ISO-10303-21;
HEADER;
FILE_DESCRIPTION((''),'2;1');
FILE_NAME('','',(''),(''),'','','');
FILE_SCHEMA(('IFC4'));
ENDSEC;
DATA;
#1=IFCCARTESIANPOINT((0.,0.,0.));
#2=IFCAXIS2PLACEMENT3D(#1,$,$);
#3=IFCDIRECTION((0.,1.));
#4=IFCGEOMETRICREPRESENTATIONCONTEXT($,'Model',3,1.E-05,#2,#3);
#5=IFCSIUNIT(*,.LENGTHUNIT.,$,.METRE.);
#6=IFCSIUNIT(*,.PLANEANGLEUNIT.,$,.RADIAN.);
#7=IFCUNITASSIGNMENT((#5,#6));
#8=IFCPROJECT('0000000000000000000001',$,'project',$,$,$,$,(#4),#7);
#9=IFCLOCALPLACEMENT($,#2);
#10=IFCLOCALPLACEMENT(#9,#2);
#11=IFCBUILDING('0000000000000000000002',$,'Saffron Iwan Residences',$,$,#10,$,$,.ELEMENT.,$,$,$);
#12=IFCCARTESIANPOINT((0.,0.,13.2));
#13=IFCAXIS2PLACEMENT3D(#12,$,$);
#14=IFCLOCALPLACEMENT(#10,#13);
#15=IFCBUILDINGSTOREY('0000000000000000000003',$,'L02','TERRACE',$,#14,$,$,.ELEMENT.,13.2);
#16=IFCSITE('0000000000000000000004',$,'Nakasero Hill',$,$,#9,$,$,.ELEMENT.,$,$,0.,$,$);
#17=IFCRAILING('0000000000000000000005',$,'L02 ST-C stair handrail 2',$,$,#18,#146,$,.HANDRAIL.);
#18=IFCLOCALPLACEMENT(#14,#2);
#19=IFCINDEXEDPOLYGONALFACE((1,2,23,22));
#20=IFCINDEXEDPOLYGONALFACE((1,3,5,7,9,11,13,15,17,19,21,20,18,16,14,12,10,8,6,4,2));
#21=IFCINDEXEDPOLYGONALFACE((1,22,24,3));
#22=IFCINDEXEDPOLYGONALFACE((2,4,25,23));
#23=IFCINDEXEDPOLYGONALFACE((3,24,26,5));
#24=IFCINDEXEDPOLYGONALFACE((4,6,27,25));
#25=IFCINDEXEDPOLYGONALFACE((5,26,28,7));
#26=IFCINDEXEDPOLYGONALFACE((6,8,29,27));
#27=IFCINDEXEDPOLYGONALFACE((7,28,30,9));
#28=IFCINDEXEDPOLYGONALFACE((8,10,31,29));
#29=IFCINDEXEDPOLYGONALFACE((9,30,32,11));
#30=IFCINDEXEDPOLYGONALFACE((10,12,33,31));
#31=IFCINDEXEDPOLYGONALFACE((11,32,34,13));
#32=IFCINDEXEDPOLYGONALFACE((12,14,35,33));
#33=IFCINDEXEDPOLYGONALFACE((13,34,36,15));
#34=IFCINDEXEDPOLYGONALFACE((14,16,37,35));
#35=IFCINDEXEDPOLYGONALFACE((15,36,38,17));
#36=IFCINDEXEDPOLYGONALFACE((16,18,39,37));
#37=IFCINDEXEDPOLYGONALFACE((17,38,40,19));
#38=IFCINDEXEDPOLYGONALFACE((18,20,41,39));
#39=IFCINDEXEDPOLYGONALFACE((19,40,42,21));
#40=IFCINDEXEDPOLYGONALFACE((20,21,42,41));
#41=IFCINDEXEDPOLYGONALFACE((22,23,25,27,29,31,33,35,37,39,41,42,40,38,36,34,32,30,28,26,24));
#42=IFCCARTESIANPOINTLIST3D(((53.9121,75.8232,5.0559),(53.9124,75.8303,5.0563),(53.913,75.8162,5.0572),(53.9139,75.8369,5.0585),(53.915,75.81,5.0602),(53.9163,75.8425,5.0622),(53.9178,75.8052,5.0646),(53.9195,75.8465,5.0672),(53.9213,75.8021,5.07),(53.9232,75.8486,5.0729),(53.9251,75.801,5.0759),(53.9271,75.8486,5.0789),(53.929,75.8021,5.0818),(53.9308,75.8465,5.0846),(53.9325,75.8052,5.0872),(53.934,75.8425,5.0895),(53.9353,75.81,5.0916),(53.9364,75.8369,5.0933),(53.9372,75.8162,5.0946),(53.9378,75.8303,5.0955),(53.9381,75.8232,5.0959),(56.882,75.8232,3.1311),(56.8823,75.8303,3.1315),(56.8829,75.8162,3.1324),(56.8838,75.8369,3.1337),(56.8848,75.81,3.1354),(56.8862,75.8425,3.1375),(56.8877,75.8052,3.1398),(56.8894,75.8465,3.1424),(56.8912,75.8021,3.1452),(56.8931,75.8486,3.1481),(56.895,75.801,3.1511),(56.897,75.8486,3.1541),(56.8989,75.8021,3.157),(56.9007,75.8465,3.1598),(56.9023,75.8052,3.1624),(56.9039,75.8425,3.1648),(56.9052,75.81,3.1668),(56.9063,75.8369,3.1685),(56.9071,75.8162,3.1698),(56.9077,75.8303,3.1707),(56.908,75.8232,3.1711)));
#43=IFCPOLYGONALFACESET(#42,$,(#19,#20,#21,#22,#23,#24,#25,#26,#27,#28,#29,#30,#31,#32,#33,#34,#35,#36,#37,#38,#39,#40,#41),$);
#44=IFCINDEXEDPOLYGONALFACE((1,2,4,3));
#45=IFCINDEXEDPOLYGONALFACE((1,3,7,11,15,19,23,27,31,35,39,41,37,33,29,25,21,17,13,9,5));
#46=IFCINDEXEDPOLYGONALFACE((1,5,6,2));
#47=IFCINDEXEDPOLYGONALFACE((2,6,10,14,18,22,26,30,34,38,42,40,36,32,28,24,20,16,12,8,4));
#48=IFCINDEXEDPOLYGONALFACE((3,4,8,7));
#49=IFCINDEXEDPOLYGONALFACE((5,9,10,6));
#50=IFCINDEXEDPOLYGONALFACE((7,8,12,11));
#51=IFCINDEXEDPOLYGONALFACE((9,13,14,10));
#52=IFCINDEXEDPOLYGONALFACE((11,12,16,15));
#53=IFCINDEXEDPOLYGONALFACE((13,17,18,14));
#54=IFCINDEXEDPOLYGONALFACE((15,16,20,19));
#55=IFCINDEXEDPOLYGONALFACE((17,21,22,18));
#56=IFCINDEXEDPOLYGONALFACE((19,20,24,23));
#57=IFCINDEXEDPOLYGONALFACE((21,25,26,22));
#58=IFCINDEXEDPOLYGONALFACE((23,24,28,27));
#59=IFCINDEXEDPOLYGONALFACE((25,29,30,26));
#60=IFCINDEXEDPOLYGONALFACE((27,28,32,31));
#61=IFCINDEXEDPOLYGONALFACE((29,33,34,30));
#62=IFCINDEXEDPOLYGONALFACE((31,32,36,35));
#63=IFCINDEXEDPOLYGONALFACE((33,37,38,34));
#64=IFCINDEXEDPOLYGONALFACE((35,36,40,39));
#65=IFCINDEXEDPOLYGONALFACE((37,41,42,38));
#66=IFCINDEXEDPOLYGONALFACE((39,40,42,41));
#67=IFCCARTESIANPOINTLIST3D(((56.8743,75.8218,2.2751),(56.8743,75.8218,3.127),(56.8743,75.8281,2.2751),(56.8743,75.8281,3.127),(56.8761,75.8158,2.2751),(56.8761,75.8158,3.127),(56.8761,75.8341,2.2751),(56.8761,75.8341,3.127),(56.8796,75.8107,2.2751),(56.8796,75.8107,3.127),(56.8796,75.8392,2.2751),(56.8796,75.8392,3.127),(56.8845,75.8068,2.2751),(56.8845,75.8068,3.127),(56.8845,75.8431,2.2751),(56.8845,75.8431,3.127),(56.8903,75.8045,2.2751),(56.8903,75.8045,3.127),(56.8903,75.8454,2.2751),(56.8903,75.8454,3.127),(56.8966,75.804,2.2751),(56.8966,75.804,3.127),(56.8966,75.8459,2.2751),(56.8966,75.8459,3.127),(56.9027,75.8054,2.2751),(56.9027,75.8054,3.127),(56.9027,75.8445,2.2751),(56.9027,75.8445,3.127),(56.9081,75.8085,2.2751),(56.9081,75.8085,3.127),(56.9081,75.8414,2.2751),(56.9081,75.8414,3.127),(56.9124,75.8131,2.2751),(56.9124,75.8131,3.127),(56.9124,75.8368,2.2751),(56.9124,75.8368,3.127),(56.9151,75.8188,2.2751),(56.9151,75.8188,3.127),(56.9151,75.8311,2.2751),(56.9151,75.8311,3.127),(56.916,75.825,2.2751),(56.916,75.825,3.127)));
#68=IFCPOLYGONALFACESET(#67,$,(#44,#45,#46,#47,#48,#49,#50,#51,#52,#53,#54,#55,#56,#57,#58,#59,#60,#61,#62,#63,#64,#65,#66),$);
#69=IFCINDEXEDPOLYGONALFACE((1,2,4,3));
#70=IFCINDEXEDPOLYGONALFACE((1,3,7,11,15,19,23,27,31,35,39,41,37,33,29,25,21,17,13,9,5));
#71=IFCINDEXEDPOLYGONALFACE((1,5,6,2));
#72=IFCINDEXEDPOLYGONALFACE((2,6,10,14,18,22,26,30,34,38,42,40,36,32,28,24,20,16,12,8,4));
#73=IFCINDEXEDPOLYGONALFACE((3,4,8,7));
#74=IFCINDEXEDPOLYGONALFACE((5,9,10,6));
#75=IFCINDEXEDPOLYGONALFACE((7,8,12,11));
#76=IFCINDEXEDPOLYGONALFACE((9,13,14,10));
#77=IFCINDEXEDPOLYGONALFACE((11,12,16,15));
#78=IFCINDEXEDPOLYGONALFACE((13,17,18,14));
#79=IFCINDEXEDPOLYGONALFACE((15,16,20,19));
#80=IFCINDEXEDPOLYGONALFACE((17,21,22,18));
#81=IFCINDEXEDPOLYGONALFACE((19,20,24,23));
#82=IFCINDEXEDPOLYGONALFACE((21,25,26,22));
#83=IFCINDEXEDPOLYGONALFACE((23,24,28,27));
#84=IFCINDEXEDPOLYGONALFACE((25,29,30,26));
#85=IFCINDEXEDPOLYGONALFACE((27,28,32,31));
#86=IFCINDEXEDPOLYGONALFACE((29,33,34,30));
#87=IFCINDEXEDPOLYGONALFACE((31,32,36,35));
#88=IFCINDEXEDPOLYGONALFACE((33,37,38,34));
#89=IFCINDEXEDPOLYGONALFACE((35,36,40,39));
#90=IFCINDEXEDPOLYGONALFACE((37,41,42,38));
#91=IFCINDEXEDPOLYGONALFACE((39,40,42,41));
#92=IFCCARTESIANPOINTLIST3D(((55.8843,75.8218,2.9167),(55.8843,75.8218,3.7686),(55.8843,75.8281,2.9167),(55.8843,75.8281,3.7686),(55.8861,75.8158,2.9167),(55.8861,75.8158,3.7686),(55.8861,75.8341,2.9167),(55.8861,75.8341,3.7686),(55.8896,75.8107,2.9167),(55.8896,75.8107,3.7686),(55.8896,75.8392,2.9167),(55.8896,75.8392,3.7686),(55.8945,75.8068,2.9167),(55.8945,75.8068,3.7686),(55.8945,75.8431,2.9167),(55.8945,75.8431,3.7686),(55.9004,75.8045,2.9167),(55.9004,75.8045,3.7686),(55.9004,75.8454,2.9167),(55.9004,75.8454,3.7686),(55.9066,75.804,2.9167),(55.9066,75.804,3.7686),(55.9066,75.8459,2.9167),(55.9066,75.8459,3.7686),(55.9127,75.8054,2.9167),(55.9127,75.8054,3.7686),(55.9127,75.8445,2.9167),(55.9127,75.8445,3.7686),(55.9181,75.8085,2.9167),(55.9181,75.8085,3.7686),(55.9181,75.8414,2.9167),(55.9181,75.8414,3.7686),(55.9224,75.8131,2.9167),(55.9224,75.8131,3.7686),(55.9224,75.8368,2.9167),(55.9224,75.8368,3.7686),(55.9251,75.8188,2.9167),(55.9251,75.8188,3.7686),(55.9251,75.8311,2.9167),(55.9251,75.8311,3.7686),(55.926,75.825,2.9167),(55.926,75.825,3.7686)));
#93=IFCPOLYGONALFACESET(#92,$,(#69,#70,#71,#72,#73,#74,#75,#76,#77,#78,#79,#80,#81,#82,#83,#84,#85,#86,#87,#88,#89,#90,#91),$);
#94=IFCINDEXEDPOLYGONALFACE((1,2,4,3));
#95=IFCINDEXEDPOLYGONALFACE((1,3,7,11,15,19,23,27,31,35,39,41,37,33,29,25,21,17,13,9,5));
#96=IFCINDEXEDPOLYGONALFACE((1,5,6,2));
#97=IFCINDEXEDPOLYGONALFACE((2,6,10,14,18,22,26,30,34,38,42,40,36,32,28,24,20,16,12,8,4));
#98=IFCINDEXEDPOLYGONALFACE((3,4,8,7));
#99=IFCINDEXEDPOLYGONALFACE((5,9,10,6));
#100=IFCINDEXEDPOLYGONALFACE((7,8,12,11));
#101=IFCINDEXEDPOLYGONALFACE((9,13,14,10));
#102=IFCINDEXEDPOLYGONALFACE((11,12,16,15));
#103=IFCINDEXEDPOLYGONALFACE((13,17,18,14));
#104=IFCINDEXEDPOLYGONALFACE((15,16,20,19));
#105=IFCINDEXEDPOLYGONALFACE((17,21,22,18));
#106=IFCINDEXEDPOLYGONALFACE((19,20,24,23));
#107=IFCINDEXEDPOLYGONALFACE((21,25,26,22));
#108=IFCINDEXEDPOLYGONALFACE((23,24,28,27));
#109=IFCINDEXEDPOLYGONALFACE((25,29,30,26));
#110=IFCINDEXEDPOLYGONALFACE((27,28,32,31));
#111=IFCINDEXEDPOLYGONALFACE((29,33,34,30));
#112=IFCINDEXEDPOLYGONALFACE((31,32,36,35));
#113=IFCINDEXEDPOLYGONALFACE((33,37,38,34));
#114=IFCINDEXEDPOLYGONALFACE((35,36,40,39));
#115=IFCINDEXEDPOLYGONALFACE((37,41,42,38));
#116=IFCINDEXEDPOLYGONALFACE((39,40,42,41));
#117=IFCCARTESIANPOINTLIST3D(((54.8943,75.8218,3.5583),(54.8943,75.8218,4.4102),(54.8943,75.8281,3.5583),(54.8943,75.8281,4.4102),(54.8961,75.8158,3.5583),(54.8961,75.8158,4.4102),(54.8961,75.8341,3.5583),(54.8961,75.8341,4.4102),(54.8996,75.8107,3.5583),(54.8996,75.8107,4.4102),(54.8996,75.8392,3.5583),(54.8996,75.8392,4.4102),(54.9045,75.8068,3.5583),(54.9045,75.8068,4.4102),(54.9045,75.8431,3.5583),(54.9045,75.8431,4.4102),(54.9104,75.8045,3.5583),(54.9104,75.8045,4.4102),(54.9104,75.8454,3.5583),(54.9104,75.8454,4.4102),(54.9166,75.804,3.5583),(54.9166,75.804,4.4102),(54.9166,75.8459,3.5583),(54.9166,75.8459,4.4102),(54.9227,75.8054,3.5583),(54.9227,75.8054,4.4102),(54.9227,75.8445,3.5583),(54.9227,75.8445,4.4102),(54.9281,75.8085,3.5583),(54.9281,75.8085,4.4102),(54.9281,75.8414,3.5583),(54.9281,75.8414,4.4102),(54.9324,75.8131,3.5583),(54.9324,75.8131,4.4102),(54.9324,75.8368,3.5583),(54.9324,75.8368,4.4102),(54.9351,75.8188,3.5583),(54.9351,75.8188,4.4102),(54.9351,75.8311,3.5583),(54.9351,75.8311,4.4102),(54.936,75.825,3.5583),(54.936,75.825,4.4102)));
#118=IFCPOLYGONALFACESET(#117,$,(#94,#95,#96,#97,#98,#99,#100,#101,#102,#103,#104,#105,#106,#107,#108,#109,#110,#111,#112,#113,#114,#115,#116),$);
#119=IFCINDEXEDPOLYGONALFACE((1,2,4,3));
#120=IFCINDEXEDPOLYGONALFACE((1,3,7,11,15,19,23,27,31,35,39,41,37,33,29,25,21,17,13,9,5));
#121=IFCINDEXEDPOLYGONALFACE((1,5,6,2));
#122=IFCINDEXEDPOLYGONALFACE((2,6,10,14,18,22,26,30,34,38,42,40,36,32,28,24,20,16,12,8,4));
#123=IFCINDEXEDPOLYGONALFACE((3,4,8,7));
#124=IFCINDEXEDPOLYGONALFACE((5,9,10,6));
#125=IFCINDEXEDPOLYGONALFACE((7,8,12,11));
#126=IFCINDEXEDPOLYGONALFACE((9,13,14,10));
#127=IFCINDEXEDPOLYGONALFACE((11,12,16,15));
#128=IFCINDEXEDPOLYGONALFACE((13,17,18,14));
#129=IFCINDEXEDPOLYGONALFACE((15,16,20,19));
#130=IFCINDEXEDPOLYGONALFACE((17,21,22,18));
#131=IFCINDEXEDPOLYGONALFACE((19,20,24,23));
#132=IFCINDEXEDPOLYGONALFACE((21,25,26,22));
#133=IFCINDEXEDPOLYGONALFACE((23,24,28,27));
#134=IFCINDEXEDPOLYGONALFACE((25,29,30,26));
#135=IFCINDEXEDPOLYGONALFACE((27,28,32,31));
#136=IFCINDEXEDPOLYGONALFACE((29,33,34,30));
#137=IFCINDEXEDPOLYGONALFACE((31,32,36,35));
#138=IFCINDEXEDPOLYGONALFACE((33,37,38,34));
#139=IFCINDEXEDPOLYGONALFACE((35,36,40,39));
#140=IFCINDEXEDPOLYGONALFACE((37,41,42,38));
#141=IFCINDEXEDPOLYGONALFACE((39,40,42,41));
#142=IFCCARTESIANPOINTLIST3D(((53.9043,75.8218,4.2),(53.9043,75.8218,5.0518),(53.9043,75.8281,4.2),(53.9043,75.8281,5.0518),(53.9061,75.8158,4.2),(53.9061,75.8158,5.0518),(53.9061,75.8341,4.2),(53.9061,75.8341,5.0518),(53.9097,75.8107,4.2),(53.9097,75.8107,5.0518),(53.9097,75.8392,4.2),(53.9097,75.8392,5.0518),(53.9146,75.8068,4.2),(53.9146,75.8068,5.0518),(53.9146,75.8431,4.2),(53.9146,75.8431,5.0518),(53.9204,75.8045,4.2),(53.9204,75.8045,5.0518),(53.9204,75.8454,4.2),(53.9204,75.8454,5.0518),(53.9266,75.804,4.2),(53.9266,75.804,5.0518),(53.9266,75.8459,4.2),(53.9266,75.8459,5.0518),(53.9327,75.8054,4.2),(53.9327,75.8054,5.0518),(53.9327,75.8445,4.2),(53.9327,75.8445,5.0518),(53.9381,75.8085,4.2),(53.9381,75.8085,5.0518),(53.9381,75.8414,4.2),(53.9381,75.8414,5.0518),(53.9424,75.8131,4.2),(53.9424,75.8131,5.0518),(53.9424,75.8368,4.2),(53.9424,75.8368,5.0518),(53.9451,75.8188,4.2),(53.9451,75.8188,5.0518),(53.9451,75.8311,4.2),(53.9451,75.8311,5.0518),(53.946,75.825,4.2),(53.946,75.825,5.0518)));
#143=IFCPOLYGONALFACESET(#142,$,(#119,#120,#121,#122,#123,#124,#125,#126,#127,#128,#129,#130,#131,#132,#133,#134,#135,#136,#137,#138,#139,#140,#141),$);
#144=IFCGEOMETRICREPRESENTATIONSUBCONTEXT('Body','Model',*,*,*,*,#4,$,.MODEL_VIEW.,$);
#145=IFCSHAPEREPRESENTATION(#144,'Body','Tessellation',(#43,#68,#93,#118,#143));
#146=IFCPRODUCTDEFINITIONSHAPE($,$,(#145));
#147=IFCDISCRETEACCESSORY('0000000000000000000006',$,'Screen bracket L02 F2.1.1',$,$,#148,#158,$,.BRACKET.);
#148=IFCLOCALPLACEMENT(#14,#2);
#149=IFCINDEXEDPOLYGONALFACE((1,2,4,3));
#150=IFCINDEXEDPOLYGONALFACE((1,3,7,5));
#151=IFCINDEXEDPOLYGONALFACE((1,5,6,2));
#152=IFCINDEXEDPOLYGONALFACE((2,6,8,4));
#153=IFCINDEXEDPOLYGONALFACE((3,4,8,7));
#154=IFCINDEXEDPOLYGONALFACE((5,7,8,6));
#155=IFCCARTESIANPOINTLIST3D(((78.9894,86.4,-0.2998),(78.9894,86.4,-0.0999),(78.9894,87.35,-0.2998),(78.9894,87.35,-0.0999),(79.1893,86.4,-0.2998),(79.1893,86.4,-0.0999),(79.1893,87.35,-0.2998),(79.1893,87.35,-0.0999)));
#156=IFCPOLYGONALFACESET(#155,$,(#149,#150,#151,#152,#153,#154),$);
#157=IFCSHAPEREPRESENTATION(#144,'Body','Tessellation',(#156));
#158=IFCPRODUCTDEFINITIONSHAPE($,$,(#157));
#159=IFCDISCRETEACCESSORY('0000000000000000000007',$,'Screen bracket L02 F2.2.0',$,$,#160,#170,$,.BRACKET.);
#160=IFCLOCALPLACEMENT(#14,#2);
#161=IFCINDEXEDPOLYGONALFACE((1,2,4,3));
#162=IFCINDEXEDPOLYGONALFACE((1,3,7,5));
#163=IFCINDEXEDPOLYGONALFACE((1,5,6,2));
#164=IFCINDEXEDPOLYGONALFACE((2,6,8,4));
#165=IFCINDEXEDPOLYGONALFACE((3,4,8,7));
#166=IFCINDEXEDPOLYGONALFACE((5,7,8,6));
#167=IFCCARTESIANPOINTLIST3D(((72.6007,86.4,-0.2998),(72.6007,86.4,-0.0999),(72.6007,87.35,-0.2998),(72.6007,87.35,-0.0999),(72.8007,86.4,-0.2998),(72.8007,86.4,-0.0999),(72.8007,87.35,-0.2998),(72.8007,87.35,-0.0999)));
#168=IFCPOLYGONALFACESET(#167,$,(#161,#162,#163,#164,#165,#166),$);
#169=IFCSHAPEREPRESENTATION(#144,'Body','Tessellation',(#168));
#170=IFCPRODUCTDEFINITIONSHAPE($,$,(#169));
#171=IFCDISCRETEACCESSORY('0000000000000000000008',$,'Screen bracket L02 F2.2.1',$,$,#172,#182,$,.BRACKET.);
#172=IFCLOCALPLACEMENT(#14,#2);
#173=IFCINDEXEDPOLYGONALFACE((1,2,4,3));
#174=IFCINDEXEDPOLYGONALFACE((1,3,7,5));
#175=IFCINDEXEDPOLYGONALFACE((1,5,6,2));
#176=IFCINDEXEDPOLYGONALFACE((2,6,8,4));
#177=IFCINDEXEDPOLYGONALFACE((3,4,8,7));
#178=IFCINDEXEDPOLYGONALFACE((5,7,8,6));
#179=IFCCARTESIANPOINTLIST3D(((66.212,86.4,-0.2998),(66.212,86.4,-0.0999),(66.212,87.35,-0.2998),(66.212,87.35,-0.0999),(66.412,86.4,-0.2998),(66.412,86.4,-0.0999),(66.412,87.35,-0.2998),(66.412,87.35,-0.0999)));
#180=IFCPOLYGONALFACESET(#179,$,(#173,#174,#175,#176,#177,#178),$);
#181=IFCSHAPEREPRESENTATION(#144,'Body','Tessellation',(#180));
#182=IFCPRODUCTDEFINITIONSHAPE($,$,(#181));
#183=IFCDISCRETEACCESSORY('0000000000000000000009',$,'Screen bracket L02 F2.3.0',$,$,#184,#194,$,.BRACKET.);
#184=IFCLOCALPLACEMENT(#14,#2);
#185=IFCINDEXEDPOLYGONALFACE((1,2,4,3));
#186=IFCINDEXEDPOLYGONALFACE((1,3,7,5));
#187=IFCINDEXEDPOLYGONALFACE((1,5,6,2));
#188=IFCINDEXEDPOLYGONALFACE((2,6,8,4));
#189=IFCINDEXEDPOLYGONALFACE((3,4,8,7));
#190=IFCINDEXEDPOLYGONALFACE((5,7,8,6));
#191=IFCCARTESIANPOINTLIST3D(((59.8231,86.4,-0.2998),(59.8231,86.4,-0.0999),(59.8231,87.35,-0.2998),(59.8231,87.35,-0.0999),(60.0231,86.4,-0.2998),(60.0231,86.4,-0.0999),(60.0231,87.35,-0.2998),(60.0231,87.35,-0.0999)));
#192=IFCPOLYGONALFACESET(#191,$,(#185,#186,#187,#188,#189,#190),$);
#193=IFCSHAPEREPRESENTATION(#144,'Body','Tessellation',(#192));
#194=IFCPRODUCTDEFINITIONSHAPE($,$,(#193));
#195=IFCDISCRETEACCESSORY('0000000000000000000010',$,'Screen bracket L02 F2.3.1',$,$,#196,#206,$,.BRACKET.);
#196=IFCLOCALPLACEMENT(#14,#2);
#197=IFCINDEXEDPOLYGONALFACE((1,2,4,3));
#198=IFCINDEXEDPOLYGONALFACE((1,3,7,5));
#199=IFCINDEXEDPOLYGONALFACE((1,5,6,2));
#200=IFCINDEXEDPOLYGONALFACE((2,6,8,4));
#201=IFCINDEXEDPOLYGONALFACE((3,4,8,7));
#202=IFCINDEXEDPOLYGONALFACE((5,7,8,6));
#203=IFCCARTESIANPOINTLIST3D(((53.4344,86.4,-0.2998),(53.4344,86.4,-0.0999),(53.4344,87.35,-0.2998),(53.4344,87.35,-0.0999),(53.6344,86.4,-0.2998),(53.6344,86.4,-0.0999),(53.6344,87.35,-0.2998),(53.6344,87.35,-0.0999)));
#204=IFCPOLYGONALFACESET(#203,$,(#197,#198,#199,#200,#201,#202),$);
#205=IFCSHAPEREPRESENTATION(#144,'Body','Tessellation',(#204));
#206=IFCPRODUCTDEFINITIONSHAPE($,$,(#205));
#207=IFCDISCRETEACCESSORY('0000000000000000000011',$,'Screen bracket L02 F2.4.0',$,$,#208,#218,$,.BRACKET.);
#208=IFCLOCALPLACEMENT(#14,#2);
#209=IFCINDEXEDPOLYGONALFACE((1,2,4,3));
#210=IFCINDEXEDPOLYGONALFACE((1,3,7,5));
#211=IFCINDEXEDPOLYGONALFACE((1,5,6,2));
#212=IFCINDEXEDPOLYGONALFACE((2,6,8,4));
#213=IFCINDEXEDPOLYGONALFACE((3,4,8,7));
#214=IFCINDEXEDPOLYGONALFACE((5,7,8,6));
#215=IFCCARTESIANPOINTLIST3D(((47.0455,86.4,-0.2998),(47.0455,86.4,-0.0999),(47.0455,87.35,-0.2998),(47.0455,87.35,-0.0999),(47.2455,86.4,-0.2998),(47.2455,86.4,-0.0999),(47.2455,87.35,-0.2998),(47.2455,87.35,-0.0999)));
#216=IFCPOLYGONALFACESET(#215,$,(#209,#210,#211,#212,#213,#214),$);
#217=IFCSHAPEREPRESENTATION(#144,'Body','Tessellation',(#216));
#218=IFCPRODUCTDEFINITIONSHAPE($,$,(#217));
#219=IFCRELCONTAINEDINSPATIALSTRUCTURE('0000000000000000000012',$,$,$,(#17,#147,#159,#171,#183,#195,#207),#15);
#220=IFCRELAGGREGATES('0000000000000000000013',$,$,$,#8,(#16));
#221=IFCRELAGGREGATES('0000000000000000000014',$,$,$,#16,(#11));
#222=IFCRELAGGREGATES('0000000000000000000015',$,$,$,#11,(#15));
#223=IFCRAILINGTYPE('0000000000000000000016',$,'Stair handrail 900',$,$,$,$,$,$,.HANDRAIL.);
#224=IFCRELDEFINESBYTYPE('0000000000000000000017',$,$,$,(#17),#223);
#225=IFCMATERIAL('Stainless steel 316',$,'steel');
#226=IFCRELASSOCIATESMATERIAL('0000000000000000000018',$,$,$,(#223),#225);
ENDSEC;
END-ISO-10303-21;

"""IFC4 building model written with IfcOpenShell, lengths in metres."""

from ifc_helpers import new_model, si_unit, direction, frame, origin, origin_2d, place, context, subcontext, project, spatial, rectangle, circle, extrude, source, transform, mapped, material, type_object, element, save


model = new_model("IFC4")

# Units and contexts
model_context = context("Model", 3, precision=1e-05, world=origin(), true_north=direction((0.0, 1.0)))
body_context = subcontext(model_context, "Body", "Model", "MODEL_VIEW")
ifc_project = project(units=[si_unit("LENGTHUNIT", "METRE"), si_unit("PLANEANGLEUNIT", "RADIAN")], contexts=[model_context])

# Site, building, storey
site_placement = place(None, origin())
site = spatial("IfcSite", under=ifc_project, at=site_placement, Name="Nakasero Hill", CompositionType="ELEMENT", RefElevation=0.0)
building_placement = place(site_placement, origin())
building = spatial("IfcBuilding", under=site, at=building_placement, Name="Saffron Iwan Residences", CompositionType="ELEMENT")
storey_placement = place(building_placement, frame((0.0, 0.0, 13.2)))
storey = spatial("IfcBuildingStorey", under=building, at=storey_placement, Name="L02", Description="TERRACE", CompositionType="ELEMENT", Elevation=13.2)

# Railing
ifc_material_1 = material(Name="Stainless steel 316", Category="steel")
railing_type_1 = type_object("IfcRailingType", Name="Stair handrail 900", PredefinedType="HANDRAIL", material=ifc_material_1)
railing_1_placement = place(storey_placement, frame((56.895, 75.825, 2.2751)))
element("IfcRailing", 1, at=railing_1_placement, inside=storey, type_object=railing_type_1, Name="L02 ST-C stair handrail 2", PredefinedType="HANDRAIL", context=body_context, shape_type="SweptSolid", body=[
    extrude(circle(Radius=0.0239, at=origin_2d()), frame((0.0, 0.0, 0.876), z_axis=(-0.839176, 0.0, 0.54386), x_axis=(0.0, -1.0, 0.0)), (0.0, 0.0, 1.0), 3.5391),
    extrude(circle(Radius=0.021, at=origin_2d()), origin(), (0.0, 0.0, 1.0), 0.8518),
    extrude(circle(Radius=0.021, at=origin_2d()), frame((-0.99, 0.0, 0.6416)), (0.0, 0.0, 1.0), 0.8518),
    extrude(circle(Radius=0.021, at=origin_2d()), frame((-1.98, 0.0, 1.2832)), (0.0, 0.0, 1.0), 0.8518),
    extrude(circle(Radius=0.021, at=origin_2d()), frame((-2.97, 0.0, 1.9248)), (0.0, 0.0, 1.0), 0.8518),
])

# Discrete accessories
shared_shape_1 = source(origin(), body_context, "Body", "SweptSolid", [
    extrude(rectangle(XDim=0.95, YDim=0.2, at=origin_2d()), origin(), (0.0, 0.0, 1.0), 0.2),
])
for number, where, z_axis, x_axis, name in (
    (2, (79.0894, 86.875, -0.2998), (0.0, 0.0, 1.0), (0.0, 1.0, 0.0), "Screen bracket L02 F2.1.1"),
    (3, (72.7007, 86.875, -0.2998), (0.0, 0.0, 1.0), (0.0, 1.0, 0.0), "Screen bracket L02 F2.2.0"),
    (4, (66.312, 86.875, -0.2998), (0.0, 0.0, 1.0), (0.0, 1.0, 0.0), "Screen bracket L02 F2.2.1"),
    (5, (59.9231, 86.875, -0.2998), (0.0, 0.0, 1.0), (0.0, 1.0, 0.0), "Screen bracket L02 F2.3.0"),
    (6, (53.5344, 86.875, -0.2998), (0.0, 0.0, 1.0), (0.0, 1.0, 0.0), "Screen bracket L02 F2.3.1"),
    (7, (47.1455, 86.875, -0.2998), (0.0, 0.0, 1.0), (0.0, 1.0, 0.0), "Screen bracket L02 F2.4.0"),
):
    element("IfcDiscreteAccessory", number, at=place(storey_placement, frame(where, z_axis=z_axis, x_axis=x_axis)), inside=storey, Name=name, PredefinedType="BRACKET", context=body_context, shape_type="MappedRepresentation", body=[
        mapped(shared_shape_1, transform((0.0, 0.0, 0.0))),
    ])

save(model, "model.ifc")
